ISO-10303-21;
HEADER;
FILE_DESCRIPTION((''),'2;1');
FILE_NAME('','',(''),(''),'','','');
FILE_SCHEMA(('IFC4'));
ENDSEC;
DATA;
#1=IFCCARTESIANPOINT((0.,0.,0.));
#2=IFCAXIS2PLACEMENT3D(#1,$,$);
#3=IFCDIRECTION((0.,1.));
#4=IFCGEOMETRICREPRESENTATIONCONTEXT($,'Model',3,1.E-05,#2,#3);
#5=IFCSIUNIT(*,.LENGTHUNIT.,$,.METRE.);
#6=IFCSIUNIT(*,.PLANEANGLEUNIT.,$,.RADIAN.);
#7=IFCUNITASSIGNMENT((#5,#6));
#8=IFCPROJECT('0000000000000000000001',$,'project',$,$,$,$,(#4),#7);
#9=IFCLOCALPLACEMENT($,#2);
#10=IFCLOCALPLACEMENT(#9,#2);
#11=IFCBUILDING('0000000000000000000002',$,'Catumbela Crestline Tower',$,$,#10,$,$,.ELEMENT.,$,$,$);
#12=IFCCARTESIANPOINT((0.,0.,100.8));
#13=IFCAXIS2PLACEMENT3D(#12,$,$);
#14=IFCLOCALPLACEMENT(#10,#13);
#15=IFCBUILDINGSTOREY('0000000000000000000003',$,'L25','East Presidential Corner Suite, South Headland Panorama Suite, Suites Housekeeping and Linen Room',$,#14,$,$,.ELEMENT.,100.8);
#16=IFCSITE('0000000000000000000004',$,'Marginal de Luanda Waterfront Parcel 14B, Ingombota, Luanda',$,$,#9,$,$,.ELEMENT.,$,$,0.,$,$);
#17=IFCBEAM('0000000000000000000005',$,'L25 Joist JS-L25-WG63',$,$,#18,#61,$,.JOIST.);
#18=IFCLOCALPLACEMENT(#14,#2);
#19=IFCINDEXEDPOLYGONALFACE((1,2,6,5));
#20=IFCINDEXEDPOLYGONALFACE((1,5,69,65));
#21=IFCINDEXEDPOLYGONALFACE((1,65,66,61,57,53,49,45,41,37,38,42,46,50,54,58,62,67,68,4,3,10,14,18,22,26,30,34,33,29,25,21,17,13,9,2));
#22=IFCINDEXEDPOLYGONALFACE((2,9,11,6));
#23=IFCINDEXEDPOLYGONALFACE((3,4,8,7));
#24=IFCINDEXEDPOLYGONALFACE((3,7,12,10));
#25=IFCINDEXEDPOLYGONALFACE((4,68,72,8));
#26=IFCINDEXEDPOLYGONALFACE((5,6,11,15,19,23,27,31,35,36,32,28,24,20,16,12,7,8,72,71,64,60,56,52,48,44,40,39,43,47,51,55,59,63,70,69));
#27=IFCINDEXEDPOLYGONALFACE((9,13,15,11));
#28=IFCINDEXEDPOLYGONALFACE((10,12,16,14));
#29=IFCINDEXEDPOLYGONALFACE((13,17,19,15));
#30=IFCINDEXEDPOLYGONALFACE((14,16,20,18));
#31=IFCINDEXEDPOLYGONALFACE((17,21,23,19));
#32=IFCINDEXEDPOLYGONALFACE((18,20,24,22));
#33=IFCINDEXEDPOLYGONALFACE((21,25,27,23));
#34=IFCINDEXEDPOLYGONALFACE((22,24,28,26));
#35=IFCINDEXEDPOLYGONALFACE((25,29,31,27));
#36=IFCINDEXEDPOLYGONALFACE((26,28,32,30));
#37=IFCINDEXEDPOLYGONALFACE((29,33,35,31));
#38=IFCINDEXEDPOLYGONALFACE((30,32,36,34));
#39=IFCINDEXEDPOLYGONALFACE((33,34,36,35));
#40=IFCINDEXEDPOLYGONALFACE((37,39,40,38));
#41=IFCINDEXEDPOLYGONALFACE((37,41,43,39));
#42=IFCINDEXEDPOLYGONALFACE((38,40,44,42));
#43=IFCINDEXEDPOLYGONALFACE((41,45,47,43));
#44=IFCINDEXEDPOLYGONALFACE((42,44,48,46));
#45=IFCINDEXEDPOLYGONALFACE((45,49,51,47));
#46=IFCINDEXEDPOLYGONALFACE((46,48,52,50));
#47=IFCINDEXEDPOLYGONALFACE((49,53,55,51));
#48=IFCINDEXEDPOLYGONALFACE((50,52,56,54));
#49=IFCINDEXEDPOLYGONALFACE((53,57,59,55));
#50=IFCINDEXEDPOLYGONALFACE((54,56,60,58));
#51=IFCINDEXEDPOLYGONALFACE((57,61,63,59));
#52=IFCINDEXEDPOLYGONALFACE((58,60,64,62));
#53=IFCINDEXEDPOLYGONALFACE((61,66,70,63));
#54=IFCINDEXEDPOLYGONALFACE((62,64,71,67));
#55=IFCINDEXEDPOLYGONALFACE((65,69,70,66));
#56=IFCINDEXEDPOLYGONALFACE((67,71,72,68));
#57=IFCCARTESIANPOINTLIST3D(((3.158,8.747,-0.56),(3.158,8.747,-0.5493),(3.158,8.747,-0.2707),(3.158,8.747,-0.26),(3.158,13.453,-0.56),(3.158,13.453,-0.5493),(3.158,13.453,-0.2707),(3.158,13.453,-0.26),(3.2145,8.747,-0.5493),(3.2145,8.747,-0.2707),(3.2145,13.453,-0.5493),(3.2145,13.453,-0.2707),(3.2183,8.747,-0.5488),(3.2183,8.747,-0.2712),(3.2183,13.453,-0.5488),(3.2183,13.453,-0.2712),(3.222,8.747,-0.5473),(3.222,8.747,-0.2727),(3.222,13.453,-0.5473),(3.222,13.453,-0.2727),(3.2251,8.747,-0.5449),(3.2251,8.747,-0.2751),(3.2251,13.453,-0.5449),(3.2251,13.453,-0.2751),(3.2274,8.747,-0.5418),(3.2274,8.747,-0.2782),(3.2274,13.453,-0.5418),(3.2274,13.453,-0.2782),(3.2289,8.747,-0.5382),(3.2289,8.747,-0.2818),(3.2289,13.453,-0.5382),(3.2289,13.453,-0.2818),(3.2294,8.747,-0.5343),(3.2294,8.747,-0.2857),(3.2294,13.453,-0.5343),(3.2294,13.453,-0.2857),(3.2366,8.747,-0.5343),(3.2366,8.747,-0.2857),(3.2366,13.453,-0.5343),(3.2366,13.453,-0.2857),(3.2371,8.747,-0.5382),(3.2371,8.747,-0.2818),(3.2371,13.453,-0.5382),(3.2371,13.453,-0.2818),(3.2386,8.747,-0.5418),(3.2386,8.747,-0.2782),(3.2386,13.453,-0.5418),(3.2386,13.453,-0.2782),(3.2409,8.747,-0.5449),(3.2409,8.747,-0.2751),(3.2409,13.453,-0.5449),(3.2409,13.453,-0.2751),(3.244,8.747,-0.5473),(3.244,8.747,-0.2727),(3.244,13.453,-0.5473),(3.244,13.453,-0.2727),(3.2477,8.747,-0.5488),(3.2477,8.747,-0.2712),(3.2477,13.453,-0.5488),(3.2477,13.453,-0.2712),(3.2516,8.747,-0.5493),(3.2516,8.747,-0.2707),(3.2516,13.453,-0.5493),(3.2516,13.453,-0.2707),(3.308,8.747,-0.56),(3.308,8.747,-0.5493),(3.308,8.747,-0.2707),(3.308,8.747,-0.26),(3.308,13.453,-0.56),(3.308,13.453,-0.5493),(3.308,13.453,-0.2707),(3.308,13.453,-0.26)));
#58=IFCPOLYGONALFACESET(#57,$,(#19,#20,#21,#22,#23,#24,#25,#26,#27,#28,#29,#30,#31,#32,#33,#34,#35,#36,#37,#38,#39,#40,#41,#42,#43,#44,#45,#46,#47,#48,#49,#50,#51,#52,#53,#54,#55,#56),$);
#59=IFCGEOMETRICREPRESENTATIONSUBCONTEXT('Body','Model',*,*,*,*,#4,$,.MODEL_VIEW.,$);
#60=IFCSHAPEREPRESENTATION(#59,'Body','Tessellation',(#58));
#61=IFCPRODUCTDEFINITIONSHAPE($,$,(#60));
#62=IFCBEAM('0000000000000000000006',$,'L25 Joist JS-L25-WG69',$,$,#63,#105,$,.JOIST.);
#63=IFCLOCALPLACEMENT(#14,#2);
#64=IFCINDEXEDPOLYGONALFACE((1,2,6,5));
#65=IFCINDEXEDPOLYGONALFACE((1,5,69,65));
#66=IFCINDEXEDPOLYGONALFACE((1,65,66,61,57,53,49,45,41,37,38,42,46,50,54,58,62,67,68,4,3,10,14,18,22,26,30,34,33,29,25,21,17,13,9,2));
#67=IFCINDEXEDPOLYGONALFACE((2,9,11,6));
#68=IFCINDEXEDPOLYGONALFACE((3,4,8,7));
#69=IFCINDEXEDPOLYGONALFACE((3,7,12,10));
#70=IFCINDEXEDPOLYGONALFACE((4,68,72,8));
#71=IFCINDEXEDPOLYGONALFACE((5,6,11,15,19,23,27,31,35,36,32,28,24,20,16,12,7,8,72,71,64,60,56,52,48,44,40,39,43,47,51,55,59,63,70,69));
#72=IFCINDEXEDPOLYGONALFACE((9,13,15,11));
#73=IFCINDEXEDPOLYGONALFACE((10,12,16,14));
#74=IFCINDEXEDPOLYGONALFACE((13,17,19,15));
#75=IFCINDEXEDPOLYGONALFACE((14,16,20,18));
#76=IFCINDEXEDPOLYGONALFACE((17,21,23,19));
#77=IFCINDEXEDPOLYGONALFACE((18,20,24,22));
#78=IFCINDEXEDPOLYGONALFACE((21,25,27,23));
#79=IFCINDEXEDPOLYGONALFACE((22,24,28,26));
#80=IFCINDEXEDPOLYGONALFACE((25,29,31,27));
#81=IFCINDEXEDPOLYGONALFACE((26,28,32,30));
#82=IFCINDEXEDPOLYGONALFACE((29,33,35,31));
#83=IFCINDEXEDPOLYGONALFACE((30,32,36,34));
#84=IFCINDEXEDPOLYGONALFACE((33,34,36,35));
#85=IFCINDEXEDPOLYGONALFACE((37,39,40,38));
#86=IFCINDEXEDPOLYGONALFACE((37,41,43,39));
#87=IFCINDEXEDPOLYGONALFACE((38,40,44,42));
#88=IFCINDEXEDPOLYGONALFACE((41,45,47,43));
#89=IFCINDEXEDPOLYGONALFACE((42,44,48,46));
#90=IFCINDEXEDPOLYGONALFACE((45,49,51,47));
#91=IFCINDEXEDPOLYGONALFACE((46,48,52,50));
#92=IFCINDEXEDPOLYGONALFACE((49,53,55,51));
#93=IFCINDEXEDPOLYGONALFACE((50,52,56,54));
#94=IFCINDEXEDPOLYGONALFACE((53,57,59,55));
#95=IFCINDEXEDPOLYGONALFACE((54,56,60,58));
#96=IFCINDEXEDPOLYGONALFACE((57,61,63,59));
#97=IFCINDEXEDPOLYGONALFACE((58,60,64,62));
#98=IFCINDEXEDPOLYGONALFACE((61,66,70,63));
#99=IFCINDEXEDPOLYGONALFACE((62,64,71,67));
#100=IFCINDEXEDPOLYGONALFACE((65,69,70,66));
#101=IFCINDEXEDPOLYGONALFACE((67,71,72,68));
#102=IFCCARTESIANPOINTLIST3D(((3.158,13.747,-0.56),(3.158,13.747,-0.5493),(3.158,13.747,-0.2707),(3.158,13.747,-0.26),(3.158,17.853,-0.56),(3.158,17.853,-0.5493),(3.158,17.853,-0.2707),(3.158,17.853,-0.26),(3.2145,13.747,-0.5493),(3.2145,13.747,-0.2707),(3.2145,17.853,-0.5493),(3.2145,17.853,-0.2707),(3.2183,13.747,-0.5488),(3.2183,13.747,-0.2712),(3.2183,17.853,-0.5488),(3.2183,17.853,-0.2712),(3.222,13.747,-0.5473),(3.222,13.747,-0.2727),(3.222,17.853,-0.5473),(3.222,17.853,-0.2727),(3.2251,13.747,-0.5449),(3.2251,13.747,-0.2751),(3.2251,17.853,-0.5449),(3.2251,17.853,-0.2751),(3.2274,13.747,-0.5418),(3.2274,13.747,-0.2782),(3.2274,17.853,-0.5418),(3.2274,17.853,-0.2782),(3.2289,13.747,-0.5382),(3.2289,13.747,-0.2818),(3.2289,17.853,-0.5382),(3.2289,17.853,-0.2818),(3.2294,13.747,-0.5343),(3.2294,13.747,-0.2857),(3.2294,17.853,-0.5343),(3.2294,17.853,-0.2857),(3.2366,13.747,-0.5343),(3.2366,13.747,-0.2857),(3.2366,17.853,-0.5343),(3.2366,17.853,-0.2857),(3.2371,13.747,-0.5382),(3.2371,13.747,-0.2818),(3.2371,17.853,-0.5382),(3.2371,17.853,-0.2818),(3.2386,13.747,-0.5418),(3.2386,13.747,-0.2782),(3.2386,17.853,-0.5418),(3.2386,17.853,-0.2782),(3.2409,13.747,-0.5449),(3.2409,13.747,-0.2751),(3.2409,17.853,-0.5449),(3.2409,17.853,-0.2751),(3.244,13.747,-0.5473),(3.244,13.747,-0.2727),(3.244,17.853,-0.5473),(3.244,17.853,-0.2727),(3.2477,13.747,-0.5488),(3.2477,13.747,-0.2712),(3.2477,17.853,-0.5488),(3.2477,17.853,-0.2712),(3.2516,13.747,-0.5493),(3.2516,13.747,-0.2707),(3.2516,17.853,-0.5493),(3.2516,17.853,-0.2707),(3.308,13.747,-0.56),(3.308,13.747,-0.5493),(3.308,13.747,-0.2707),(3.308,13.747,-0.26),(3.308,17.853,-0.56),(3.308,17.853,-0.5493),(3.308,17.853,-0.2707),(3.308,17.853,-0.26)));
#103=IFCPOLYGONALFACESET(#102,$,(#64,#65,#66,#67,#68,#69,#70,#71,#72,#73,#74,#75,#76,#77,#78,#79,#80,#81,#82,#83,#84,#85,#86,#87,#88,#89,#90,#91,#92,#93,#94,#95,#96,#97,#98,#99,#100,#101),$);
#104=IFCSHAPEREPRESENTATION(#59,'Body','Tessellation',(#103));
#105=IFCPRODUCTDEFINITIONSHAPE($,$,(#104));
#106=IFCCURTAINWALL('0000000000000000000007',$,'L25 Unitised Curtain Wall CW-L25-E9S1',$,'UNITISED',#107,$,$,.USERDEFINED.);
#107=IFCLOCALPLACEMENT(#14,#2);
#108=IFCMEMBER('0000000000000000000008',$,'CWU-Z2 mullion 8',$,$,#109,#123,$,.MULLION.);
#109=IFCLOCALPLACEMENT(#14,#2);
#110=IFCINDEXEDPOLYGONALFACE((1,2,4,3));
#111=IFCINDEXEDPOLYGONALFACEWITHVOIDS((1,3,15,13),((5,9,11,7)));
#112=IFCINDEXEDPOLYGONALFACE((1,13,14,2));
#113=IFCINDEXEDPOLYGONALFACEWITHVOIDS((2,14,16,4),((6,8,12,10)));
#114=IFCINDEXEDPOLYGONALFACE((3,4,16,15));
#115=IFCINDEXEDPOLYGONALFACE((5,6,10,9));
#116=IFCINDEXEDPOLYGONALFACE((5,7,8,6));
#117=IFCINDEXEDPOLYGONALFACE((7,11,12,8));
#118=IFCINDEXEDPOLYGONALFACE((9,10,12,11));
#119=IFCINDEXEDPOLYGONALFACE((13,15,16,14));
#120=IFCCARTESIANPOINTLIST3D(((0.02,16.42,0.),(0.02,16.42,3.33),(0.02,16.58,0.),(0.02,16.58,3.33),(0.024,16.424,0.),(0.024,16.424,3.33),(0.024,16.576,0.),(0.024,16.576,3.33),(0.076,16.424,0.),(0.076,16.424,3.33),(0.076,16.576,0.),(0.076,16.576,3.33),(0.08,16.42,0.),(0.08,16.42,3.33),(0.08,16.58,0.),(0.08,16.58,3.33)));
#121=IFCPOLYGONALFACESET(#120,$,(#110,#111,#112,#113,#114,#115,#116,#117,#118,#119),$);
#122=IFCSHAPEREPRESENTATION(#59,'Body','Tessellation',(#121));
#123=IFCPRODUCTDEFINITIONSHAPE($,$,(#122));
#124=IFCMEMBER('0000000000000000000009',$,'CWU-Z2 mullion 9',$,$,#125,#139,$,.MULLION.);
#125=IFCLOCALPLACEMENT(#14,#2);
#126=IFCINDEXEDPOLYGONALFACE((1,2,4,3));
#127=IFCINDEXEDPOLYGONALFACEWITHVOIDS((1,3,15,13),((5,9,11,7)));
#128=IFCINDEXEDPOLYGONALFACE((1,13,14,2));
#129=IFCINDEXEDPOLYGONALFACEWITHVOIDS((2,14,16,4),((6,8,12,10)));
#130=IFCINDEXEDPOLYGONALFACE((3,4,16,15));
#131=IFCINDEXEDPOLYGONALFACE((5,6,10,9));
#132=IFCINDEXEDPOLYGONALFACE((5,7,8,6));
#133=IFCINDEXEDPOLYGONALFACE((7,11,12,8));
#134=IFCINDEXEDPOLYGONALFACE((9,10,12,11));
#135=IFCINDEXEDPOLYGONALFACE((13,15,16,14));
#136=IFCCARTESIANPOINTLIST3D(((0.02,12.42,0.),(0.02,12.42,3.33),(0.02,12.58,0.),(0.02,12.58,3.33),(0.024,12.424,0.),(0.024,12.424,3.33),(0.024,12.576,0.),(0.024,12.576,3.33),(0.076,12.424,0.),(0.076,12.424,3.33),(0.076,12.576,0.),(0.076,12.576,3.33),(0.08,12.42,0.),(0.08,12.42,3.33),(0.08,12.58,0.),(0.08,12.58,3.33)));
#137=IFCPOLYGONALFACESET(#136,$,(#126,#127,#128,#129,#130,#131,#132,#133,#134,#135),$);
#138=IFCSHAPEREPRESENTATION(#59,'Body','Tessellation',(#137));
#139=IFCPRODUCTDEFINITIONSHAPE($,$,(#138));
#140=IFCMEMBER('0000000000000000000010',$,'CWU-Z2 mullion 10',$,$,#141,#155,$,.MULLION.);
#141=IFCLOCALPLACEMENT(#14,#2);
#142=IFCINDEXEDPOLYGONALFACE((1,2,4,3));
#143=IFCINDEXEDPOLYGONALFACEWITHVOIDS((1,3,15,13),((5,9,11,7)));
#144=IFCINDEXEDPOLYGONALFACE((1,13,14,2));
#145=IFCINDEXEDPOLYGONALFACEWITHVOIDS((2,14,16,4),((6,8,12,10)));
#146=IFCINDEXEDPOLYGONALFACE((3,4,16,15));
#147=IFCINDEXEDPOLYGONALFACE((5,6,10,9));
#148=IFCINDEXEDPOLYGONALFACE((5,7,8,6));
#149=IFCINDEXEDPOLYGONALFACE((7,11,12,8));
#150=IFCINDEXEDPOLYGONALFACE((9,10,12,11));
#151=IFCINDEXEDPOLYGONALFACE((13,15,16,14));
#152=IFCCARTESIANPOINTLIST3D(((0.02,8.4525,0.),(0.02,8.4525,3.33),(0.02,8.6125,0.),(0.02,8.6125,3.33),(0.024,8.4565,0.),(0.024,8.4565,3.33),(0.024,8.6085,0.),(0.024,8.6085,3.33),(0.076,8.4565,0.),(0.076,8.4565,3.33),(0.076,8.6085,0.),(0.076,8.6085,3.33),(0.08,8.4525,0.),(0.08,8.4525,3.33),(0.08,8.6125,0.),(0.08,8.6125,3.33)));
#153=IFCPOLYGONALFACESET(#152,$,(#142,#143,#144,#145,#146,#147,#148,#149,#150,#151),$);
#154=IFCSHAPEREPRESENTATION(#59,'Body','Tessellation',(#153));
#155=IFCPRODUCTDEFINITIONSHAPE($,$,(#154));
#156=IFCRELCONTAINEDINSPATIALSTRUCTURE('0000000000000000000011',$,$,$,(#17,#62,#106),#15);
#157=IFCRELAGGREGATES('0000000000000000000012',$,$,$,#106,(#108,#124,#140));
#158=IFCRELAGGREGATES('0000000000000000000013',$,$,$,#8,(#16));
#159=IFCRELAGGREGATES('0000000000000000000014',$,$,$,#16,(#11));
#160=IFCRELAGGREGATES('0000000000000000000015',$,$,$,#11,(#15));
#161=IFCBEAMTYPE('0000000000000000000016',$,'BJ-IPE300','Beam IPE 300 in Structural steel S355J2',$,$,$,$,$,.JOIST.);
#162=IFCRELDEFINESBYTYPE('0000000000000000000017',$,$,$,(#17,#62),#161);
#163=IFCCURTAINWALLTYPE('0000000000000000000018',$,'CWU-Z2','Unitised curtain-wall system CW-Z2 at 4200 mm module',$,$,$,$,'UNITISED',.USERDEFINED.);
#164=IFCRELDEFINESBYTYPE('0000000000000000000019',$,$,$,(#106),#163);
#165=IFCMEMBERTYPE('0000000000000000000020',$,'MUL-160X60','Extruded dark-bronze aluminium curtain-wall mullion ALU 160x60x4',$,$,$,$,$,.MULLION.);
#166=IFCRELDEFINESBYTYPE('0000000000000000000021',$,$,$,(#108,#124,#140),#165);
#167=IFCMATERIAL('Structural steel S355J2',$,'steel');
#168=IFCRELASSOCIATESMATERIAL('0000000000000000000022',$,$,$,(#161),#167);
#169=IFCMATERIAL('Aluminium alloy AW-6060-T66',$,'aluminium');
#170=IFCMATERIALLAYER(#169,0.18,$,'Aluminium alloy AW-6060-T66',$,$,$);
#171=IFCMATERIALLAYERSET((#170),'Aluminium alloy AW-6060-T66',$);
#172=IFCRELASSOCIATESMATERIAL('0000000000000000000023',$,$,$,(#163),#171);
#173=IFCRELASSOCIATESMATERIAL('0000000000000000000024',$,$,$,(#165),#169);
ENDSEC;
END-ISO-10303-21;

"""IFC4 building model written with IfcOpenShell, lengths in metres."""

from ifc_helpers import new_model, si_unit, direction, frame, origin, origin_2d, place, context, subcontext, project, spatial, hollow_rectangle, i_section, extrude, material, layer, layer_set, material_profile, profile_set, type_object, element, aggregate, save


model = new_model("IFC4")

# Units and contexts
model_context = context("Model", 3, precision=1e-05, world=origin(), true_north=direction((0.0, 1.0)))
body_context = subcontext(model_context, "Body", "Model", "MODEL_VIEW")
ifc_project = project(units=[si_unit("LENGTHUNIT", "METRE"), si_unit("PLANEANGLEUNIT", "RADIAN")], contexts=[model_context])

# Site, building, storey
site_placement = place(None, origin())
site = spatial("IfcSite", under=ifc_project, at=site_placement, Name="Marginal de Luanda Waterfront Parcel 14B, Ingombota, Luanda", CompositionType="ELEMENT", RefElevation=0.0)
building_placement = place(site_placement, origin())
building = spatial("IfcBuilding", under=site, at=building_placement, Name="Catumbela Crestline Tower", CompositionType="ELEMENT")
storey_placement = place(building_placement, frame((0.0, 0.0, 100.8)))
storey = spatial("IfcBuildingStorey", under=building, at=storey_placement, Name="L25", Description="East Presidential Corner Suite, South Headland Panorama Suite, Suites Housekeeping and Linen Room", CompositionType="ELEMENT", Elevation=100.8)

# Beams
ifc_material_1 = material(Name="Structural steel S355J2", Category="steel")
ifc_material_profile_1 = material_profile(ifc_material_1, i_section(OverallWidth=0.15, OverallDepth=0.3, WebThickness=0.0071, FlangeThickness=0.0107, FilletRadius=0.015, at=origin_2d()), Name="IPE 300")
ifc_profile_set_1 = profile_set([ifc_material_profile_1], Name="Structural steel S355J2")
beam_type_1 = type_object("IfcBeamType", Name="BJ-IPE300", Description="Beam IPE 300 in Structural steel S355J2", PredefinedType="JOIST", material=ifc_profile_set_1)
beam_1_placement = place(storey_placement, frame((3.233, 8.747, -0.41), z_axis=(0.0, 1.0, 0.0), x_axis=(-1.0, 0.0, 0.0)))
element("IfcBeam", 1, at=beam_1_placement, inside=storey, type_object=beam_type_1, Name="L25 Joist JS-L25-WG63", PredefinedType="JOIST", context=body_context, shape_type="SweptSolid", body=[
    extrude(i_section(OverallWidth=0.15, OverallDepth=0.3, WebThickness=0.0071, FlangeThickness=0.0107, FilletRadius=0.015, at=origin_2d()), origin(), (0.0, 0.0, 1.0), 4.706),
])
beam_2_placement = place(storey_placement, frame((3.233, 13.747, -0.41), z_axis=(0.0, 1.0, 0.0), x_axis=(-1.0, 0.0, 0.0)))
element("IfcBeam", 2, at=beam_2_placement, inside=storey, type_object=beam_type_1, Name="L25 Joist JS-L25-WG69", PredefinedType="JOIST", context=body_context, shape_type="SweptSolid", body=[
    extrude(i_section(OverallWidth=0.15, OverallDepth=0.3, WebThickness=0.0071, FlangeThickness=0.0107, FilletRadius=0.015, at=origin_2d()), origin(), (0.0, 0.0, 1.0), 4.106),
])

# Curtain wall, members
ifc_material_2 = material(Name="Aluminium alloy AW-6060-T66", Category="aluminium")
ifc_layer_1 = layer(ifc_material_2, 0.18, Name="Aluminium alloy AW-6060-T66")
ifc_layer_set_1 = layer_set([ifc_layer_1], Name="Aluminium alloy AW-6060-T66")
curtain_wall_type = type_object("IfcCurtainWallType", Name="CWU-Z2", Description="Unitised curtain-wall system CW-Z2 at 4200 mm module", ElementType="UNITISED", PredefinedType="USERDEFINED", material=ifc_layer_set_1)
curtain_wall_placement = place(storey_placement, origin())
curtain_wall = element("IfcCurtainWall", 3, at=curtain_wall_placement, inside=storey, type_object=curtain_wall_type, Name="L25 Unitised Curtain Wall CW-L25-E9S1", ObjectType="UNITISED", PredefinedType="USERDEFINED")
ifc_material_profile_2 = material_profile(ifc_material_2, hollow_rectangle(XDim=0.06, YDim=0.16, WallThickness=0.004, at=origin_2d()), Name="ALU 160x60x4")
ifc_profile_set_2 = profile_set([ifc_material_profile_2], Name="Aluminium alloy AW-6060-T66")
member_type_1 = type_object("IfcMemberType", Name="MUL-160X60", Description="Extruded dark-bronze aluminium curtain-wall mullion ALU 160x60x4", PredefinedType="MULLION", material=ifc_profile_set_2)
member_1_placement = place(storey_placement, frame((0.05, 16.5, 0.0), z_axis=(0.0, 0.0, 1.0), x_axis=(1.0, 0.0, 0.0)))
member_1 = element("IfcMember", 4, at=member_1_placement, type_object=member_type_1, Name="CWU-Z2 mullion 8", PredefinedType="MULLION", context=body_context, shape_type="SweptSolid", body=[
    extrude(hollow_rectangle(XDim=0.06, YDim=0.16, WallThickness=0.004, at=origin_2d()), origin(), (0.0, 0.0, 1.0), 3.33),
])
member_2_placement = place(storey_placement, frame((0.05, 12.5, 0.0), z_axis=(0.0, 0.0, 1.0), x_axis=(1.0, 0.0, 0.0)))
member_2 = element("IfcMember", 5, at=member_2_placement, type_object=member_type_1, Name="CWU-Z2 mullion 9", PredefinedType="MULLION", context=body_context, shape_type="SweptSolid", body=[
    extrude(hollow_rectangle(XDim=0.06, YDim=0.16, WallThickness=0.004, at=origin_2d()), origin(), (0.0, 0.0, 1.0), 3.33),
])
member_3_placement = place(storey_placement, frame((0.05, 8.5325, 0.0), z_axis=(0.0, 0.0, 1.0), x_axis=(1.0, 0.0, 0.0)))
member_3 = element("IfcMember", 6, at=member_3_placement, type_object=member_type_1, Name="CWU-Z2 mullion 10", PredefinedType="MULLION", context=body_context, shape_type="SweptSolid", body=[
    extrude(hollow_rectangle(XDim=0.06, YDim=0.16, WallThickness=0.004, at=origin_2d()), origin(), (0.0, 0.0, 1.0), 3.33),
])

aggregate(curtain_wall, [member_1, member_2, member_3])

save(model, "model.ifc")
